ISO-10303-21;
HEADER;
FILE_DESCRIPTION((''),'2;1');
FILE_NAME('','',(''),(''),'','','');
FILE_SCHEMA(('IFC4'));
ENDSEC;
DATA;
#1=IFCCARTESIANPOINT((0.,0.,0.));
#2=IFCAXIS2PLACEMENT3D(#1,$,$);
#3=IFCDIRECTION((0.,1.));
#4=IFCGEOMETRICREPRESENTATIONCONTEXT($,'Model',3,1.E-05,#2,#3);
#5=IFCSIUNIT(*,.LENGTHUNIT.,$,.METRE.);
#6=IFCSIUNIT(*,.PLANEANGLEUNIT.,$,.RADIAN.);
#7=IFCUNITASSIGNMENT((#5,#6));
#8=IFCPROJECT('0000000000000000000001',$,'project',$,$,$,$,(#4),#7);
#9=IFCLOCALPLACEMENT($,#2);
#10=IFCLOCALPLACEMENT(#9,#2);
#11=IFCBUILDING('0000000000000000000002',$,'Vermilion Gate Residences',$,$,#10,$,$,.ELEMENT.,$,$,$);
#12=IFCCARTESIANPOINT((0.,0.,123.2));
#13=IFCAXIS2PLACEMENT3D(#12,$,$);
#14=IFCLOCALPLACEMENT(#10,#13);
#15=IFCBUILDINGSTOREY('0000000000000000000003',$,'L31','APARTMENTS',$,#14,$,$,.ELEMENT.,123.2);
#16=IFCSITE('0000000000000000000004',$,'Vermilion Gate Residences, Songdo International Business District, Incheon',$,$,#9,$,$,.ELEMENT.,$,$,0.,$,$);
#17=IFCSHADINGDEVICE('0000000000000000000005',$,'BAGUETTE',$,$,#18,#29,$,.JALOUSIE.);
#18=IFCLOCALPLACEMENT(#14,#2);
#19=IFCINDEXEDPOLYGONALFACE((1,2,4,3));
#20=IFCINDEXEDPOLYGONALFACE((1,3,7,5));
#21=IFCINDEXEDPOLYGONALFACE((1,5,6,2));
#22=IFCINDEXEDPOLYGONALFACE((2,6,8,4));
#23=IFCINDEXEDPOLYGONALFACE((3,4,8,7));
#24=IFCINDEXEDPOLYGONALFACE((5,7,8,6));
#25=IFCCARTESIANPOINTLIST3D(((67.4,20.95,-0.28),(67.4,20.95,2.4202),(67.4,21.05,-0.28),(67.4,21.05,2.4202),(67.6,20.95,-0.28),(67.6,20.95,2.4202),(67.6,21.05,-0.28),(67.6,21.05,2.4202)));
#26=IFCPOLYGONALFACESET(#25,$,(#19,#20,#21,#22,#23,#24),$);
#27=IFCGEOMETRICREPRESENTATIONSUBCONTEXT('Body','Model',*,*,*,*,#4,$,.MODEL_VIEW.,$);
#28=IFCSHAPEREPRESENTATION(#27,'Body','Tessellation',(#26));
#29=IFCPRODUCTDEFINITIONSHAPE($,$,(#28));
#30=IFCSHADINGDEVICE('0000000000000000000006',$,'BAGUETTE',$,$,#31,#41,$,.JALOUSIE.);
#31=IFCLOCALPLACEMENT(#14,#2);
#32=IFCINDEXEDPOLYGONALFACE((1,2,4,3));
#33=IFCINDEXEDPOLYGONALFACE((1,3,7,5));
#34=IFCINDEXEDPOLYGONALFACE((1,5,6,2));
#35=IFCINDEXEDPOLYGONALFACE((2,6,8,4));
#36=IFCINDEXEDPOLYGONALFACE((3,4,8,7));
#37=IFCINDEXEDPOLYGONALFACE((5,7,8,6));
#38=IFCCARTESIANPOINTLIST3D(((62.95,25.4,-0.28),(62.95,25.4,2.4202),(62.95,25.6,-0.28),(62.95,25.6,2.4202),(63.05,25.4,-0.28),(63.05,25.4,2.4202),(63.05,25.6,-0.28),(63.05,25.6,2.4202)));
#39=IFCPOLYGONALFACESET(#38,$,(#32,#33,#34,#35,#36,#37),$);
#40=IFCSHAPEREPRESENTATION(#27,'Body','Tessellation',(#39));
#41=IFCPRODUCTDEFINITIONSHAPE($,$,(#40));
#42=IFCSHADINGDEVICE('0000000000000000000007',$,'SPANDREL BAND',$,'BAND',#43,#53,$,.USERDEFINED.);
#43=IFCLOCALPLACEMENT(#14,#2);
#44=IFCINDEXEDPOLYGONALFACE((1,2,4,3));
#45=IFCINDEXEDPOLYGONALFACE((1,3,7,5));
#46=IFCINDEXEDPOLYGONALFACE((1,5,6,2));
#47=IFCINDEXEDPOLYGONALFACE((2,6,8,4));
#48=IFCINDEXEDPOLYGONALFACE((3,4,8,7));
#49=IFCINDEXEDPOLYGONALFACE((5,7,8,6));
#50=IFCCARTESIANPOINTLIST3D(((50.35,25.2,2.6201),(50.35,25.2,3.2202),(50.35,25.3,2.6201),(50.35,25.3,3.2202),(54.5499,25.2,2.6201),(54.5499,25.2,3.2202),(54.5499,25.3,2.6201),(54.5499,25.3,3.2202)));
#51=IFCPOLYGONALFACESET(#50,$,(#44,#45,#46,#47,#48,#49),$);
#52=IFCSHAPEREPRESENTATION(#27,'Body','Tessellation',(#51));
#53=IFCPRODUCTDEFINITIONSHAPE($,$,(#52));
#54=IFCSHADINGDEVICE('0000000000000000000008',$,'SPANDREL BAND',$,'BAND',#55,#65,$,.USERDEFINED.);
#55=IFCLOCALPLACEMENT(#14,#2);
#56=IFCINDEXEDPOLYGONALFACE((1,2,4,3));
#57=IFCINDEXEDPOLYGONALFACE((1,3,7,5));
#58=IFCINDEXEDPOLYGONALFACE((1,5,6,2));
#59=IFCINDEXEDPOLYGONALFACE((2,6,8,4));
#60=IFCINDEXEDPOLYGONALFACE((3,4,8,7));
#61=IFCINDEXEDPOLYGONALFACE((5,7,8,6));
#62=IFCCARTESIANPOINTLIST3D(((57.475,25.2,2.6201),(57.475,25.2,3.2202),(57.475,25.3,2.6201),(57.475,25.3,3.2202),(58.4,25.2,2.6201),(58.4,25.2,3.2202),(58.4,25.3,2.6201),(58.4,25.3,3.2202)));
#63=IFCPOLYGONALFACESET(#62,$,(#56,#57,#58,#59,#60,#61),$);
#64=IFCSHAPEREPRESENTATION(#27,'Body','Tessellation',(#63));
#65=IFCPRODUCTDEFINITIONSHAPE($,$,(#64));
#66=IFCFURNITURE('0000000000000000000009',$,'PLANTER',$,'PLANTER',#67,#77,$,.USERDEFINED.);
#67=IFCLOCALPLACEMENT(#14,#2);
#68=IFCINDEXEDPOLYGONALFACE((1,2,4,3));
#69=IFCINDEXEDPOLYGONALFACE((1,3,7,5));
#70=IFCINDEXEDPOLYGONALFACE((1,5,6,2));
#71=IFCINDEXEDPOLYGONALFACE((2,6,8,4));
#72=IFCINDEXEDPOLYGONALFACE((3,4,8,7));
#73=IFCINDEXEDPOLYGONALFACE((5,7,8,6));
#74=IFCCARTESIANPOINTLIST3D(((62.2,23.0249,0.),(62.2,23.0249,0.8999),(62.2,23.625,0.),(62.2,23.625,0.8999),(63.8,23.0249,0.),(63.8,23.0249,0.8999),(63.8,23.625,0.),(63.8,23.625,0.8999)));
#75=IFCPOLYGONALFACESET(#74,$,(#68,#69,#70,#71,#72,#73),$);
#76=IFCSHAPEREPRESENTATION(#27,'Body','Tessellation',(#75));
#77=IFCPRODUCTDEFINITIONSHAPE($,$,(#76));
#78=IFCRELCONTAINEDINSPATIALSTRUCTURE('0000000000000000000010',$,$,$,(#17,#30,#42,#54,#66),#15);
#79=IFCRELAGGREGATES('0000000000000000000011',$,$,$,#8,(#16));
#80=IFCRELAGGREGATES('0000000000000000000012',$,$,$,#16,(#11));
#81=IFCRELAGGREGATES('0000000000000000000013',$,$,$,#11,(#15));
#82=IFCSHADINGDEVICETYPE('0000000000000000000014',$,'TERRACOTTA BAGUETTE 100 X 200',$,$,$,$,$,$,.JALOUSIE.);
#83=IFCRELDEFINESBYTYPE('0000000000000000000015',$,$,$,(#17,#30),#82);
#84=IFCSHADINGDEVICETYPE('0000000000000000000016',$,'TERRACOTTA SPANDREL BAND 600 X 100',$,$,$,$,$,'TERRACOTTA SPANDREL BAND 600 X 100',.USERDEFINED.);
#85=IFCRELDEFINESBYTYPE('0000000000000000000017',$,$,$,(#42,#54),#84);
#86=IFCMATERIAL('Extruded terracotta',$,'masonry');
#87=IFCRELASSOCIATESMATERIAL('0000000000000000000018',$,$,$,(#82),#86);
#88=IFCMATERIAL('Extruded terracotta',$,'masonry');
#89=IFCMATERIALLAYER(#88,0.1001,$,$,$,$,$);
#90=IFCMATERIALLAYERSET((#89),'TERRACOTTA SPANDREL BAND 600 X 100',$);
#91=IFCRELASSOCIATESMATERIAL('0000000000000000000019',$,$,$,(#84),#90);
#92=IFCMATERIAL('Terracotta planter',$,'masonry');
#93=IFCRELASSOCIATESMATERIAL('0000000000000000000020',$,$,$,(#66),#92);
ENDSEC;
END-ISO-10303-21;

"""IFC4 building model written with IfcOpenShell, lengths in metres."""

from ifc_helpers import new_model, si_unit, direction, frame, origin, origin_2d, place, context, subcontext, project, spatial, rectangle, extrude, material, layer, layer_set, material_profile, profile_set, type_object, element, save


model = new_model("IFC4")

# Units and contexts
model_context = context("Model", 3, precision=1e-05, world=origin(), true_north=direction((0.0, 1.0)))
body_context = subcontext(model_context, "Body", "Model", "MODEL_VIEW")
ifc_project = project(units=[si_unit("LENGTHUNIT", "METRE"), si_unit("PLANEANGLEUNIT", "RADIAN")], contexts=[model_context])

# Site, building, storey
site_placement = place(None, origin())
site = spatial("IfcSite", under=ifc_project, at=site_placement, Name="Vermilion Gate Residences, Songdo International Business District, Incheon", CompositionType="ELEMENT", RefElevation=0.0)
building_placement = place(site_placement, origin())
building = spatial("IfcBuilding", under=site, at=building_placement, Name="Vermilion Gate Residences", CompositionType="ELEMENT")
storey_placement = place(building_placement, frame((0.0, 0.0, 123.2)))
storey = spatial("IfcBuildingStorey", under=building, at=storey_placement, Name="L31", Description="APARTMENTS", CompositionType="ELEMENT", Elevation=123.2)

# Shading devices
ifc_material_1 = material(Name="Extruded terracotta", Category="masonry")
ifc_material_profile_1 = material_profile(ifc_material_1, rectangle(XDim=0.2, YDim=0.1001, at=origin_2d()), Name="BAGUETTE 100 X 200")
ifc_profile_set_1 = profile_set([ifc_material_profile_1], Name="Extruded terracotta")
shading_device_type_1 = type_object("IfcShadingDeviceType", Name="TERRACOTTA BAGUETTE 100 X 200", PredefinedType="JALOUSIE", material=ifc_profile_set_1)
for number, where, z_axis, x_axis, name in (
    (1, (67.5, 21.0, -0.28), (0.0, 0.0, 1.0), (-1.0, 0.0, 0.0), "BAGUETTE"),
    (2, (63.0, 25.5, -0.28), (0.0, 0.0, 1.0), (0.0, -1.0, 0.0), "BAGUETTE"),
):
    element("IfcShadingDevice", number, at=place(storey_placement, frame(where, z_axis=z_axis, x_axis=x_axis)), inside=storey, type_object=shading_device_type_1, Name=name, PredefinedType="JALOUSIE", context=body_context, shape_type="SweptSolid", body=[
        extrude(rectangle(XDim=0.2, YDim=0.1001, at=origin_2d()), origin(), (0.0, 0.0, 1.0), 2.7002),
    ])
ifc_material_2 = material(Name="Extruded terracotta", Category="masonry")
ifc_layer_1 = layer(ifc_material_2, 0.1001)
ifc_layer_set_1 = layer_set([ifc_layer_1], Name="TERRACOTTA SPANDREL BAND 600 X 100")
shading_device_type_2 = type_object("IfcShadingDeviceType", Name="TERRACOTTA SPANDREL BAND 600 X 100", ElementType="TERRACOTTA SPANDREL BAND 600 X 100", PredefinedType="USERDEFINED", material=ifc_layer_set_1)
shading_device_1_placement = place(storey_placement, frame((52.45, 25.25, 2.6201), z_axis=(0.0, 0.0, 1.0), x_axis=(1.0, 0.0, 0.0)))
element("IfcShadingDevice", 3, at=shading_device_1_placement, inside=storey, type_object=shading_device_type_2, Name="SPANDREL BAND", ObjectType="BAND", PredefinedType="USERDEFINED", context=body_context, shape_type="SweptSolid", body=[
    extrude(rectangle(XDim=4.2, YDim=0.1001, at=origin_2d()), origin(), (0.0, 0.0, 1.0), 0.6001),
])
shading_device_2_placement = place(storey_placement, frame((57.9375, 25.25, 2.6201), z_axis=(0.0, 0.0, 1.0), x_axis=(1.0, 0.0, 0.0)))
element("IfcShadingDevice", 4, at=shading_device_2_placement, inside=storey, type_object=shading_device_type_2, Name="SPANDREL BAND", ObjectType="BAND", PredefinedType="USERDEFINED", context=body_context, shape_type="SweptSolid", body=[
    extrude(rectangle(XDim=0.925, YDim=0.1001, at=origin_2d()), origin(), (0.0, 0.0, 1.0), 0.6001),
])

# Furniture
ifc_material_3 = material(Name="Terracotta planter", Category="masonry")
furniture_placement = place(storey_placement, frame((63.0, 23.325, 0.0), z_axis=(0.0, 0.0, 1.0), x_axis=(-1.0, 0.0, 0.0)))
element("IfcFurniture", 5, at=furniture_placement, inside=storey, material=ifc_material_3, Name="PLANTER", ObjectType="PLANTER", PredefinedType="USERDEFINED", context=body_context, shape_type="SweptSolid", body=[
    extrude(rectangle(XDim=1.6001, YDim=0.6001, at=origin_2d()), origin(), (0.0, 0.0, 1.0), 0.8999),
])

save(model, "model.ifc")
